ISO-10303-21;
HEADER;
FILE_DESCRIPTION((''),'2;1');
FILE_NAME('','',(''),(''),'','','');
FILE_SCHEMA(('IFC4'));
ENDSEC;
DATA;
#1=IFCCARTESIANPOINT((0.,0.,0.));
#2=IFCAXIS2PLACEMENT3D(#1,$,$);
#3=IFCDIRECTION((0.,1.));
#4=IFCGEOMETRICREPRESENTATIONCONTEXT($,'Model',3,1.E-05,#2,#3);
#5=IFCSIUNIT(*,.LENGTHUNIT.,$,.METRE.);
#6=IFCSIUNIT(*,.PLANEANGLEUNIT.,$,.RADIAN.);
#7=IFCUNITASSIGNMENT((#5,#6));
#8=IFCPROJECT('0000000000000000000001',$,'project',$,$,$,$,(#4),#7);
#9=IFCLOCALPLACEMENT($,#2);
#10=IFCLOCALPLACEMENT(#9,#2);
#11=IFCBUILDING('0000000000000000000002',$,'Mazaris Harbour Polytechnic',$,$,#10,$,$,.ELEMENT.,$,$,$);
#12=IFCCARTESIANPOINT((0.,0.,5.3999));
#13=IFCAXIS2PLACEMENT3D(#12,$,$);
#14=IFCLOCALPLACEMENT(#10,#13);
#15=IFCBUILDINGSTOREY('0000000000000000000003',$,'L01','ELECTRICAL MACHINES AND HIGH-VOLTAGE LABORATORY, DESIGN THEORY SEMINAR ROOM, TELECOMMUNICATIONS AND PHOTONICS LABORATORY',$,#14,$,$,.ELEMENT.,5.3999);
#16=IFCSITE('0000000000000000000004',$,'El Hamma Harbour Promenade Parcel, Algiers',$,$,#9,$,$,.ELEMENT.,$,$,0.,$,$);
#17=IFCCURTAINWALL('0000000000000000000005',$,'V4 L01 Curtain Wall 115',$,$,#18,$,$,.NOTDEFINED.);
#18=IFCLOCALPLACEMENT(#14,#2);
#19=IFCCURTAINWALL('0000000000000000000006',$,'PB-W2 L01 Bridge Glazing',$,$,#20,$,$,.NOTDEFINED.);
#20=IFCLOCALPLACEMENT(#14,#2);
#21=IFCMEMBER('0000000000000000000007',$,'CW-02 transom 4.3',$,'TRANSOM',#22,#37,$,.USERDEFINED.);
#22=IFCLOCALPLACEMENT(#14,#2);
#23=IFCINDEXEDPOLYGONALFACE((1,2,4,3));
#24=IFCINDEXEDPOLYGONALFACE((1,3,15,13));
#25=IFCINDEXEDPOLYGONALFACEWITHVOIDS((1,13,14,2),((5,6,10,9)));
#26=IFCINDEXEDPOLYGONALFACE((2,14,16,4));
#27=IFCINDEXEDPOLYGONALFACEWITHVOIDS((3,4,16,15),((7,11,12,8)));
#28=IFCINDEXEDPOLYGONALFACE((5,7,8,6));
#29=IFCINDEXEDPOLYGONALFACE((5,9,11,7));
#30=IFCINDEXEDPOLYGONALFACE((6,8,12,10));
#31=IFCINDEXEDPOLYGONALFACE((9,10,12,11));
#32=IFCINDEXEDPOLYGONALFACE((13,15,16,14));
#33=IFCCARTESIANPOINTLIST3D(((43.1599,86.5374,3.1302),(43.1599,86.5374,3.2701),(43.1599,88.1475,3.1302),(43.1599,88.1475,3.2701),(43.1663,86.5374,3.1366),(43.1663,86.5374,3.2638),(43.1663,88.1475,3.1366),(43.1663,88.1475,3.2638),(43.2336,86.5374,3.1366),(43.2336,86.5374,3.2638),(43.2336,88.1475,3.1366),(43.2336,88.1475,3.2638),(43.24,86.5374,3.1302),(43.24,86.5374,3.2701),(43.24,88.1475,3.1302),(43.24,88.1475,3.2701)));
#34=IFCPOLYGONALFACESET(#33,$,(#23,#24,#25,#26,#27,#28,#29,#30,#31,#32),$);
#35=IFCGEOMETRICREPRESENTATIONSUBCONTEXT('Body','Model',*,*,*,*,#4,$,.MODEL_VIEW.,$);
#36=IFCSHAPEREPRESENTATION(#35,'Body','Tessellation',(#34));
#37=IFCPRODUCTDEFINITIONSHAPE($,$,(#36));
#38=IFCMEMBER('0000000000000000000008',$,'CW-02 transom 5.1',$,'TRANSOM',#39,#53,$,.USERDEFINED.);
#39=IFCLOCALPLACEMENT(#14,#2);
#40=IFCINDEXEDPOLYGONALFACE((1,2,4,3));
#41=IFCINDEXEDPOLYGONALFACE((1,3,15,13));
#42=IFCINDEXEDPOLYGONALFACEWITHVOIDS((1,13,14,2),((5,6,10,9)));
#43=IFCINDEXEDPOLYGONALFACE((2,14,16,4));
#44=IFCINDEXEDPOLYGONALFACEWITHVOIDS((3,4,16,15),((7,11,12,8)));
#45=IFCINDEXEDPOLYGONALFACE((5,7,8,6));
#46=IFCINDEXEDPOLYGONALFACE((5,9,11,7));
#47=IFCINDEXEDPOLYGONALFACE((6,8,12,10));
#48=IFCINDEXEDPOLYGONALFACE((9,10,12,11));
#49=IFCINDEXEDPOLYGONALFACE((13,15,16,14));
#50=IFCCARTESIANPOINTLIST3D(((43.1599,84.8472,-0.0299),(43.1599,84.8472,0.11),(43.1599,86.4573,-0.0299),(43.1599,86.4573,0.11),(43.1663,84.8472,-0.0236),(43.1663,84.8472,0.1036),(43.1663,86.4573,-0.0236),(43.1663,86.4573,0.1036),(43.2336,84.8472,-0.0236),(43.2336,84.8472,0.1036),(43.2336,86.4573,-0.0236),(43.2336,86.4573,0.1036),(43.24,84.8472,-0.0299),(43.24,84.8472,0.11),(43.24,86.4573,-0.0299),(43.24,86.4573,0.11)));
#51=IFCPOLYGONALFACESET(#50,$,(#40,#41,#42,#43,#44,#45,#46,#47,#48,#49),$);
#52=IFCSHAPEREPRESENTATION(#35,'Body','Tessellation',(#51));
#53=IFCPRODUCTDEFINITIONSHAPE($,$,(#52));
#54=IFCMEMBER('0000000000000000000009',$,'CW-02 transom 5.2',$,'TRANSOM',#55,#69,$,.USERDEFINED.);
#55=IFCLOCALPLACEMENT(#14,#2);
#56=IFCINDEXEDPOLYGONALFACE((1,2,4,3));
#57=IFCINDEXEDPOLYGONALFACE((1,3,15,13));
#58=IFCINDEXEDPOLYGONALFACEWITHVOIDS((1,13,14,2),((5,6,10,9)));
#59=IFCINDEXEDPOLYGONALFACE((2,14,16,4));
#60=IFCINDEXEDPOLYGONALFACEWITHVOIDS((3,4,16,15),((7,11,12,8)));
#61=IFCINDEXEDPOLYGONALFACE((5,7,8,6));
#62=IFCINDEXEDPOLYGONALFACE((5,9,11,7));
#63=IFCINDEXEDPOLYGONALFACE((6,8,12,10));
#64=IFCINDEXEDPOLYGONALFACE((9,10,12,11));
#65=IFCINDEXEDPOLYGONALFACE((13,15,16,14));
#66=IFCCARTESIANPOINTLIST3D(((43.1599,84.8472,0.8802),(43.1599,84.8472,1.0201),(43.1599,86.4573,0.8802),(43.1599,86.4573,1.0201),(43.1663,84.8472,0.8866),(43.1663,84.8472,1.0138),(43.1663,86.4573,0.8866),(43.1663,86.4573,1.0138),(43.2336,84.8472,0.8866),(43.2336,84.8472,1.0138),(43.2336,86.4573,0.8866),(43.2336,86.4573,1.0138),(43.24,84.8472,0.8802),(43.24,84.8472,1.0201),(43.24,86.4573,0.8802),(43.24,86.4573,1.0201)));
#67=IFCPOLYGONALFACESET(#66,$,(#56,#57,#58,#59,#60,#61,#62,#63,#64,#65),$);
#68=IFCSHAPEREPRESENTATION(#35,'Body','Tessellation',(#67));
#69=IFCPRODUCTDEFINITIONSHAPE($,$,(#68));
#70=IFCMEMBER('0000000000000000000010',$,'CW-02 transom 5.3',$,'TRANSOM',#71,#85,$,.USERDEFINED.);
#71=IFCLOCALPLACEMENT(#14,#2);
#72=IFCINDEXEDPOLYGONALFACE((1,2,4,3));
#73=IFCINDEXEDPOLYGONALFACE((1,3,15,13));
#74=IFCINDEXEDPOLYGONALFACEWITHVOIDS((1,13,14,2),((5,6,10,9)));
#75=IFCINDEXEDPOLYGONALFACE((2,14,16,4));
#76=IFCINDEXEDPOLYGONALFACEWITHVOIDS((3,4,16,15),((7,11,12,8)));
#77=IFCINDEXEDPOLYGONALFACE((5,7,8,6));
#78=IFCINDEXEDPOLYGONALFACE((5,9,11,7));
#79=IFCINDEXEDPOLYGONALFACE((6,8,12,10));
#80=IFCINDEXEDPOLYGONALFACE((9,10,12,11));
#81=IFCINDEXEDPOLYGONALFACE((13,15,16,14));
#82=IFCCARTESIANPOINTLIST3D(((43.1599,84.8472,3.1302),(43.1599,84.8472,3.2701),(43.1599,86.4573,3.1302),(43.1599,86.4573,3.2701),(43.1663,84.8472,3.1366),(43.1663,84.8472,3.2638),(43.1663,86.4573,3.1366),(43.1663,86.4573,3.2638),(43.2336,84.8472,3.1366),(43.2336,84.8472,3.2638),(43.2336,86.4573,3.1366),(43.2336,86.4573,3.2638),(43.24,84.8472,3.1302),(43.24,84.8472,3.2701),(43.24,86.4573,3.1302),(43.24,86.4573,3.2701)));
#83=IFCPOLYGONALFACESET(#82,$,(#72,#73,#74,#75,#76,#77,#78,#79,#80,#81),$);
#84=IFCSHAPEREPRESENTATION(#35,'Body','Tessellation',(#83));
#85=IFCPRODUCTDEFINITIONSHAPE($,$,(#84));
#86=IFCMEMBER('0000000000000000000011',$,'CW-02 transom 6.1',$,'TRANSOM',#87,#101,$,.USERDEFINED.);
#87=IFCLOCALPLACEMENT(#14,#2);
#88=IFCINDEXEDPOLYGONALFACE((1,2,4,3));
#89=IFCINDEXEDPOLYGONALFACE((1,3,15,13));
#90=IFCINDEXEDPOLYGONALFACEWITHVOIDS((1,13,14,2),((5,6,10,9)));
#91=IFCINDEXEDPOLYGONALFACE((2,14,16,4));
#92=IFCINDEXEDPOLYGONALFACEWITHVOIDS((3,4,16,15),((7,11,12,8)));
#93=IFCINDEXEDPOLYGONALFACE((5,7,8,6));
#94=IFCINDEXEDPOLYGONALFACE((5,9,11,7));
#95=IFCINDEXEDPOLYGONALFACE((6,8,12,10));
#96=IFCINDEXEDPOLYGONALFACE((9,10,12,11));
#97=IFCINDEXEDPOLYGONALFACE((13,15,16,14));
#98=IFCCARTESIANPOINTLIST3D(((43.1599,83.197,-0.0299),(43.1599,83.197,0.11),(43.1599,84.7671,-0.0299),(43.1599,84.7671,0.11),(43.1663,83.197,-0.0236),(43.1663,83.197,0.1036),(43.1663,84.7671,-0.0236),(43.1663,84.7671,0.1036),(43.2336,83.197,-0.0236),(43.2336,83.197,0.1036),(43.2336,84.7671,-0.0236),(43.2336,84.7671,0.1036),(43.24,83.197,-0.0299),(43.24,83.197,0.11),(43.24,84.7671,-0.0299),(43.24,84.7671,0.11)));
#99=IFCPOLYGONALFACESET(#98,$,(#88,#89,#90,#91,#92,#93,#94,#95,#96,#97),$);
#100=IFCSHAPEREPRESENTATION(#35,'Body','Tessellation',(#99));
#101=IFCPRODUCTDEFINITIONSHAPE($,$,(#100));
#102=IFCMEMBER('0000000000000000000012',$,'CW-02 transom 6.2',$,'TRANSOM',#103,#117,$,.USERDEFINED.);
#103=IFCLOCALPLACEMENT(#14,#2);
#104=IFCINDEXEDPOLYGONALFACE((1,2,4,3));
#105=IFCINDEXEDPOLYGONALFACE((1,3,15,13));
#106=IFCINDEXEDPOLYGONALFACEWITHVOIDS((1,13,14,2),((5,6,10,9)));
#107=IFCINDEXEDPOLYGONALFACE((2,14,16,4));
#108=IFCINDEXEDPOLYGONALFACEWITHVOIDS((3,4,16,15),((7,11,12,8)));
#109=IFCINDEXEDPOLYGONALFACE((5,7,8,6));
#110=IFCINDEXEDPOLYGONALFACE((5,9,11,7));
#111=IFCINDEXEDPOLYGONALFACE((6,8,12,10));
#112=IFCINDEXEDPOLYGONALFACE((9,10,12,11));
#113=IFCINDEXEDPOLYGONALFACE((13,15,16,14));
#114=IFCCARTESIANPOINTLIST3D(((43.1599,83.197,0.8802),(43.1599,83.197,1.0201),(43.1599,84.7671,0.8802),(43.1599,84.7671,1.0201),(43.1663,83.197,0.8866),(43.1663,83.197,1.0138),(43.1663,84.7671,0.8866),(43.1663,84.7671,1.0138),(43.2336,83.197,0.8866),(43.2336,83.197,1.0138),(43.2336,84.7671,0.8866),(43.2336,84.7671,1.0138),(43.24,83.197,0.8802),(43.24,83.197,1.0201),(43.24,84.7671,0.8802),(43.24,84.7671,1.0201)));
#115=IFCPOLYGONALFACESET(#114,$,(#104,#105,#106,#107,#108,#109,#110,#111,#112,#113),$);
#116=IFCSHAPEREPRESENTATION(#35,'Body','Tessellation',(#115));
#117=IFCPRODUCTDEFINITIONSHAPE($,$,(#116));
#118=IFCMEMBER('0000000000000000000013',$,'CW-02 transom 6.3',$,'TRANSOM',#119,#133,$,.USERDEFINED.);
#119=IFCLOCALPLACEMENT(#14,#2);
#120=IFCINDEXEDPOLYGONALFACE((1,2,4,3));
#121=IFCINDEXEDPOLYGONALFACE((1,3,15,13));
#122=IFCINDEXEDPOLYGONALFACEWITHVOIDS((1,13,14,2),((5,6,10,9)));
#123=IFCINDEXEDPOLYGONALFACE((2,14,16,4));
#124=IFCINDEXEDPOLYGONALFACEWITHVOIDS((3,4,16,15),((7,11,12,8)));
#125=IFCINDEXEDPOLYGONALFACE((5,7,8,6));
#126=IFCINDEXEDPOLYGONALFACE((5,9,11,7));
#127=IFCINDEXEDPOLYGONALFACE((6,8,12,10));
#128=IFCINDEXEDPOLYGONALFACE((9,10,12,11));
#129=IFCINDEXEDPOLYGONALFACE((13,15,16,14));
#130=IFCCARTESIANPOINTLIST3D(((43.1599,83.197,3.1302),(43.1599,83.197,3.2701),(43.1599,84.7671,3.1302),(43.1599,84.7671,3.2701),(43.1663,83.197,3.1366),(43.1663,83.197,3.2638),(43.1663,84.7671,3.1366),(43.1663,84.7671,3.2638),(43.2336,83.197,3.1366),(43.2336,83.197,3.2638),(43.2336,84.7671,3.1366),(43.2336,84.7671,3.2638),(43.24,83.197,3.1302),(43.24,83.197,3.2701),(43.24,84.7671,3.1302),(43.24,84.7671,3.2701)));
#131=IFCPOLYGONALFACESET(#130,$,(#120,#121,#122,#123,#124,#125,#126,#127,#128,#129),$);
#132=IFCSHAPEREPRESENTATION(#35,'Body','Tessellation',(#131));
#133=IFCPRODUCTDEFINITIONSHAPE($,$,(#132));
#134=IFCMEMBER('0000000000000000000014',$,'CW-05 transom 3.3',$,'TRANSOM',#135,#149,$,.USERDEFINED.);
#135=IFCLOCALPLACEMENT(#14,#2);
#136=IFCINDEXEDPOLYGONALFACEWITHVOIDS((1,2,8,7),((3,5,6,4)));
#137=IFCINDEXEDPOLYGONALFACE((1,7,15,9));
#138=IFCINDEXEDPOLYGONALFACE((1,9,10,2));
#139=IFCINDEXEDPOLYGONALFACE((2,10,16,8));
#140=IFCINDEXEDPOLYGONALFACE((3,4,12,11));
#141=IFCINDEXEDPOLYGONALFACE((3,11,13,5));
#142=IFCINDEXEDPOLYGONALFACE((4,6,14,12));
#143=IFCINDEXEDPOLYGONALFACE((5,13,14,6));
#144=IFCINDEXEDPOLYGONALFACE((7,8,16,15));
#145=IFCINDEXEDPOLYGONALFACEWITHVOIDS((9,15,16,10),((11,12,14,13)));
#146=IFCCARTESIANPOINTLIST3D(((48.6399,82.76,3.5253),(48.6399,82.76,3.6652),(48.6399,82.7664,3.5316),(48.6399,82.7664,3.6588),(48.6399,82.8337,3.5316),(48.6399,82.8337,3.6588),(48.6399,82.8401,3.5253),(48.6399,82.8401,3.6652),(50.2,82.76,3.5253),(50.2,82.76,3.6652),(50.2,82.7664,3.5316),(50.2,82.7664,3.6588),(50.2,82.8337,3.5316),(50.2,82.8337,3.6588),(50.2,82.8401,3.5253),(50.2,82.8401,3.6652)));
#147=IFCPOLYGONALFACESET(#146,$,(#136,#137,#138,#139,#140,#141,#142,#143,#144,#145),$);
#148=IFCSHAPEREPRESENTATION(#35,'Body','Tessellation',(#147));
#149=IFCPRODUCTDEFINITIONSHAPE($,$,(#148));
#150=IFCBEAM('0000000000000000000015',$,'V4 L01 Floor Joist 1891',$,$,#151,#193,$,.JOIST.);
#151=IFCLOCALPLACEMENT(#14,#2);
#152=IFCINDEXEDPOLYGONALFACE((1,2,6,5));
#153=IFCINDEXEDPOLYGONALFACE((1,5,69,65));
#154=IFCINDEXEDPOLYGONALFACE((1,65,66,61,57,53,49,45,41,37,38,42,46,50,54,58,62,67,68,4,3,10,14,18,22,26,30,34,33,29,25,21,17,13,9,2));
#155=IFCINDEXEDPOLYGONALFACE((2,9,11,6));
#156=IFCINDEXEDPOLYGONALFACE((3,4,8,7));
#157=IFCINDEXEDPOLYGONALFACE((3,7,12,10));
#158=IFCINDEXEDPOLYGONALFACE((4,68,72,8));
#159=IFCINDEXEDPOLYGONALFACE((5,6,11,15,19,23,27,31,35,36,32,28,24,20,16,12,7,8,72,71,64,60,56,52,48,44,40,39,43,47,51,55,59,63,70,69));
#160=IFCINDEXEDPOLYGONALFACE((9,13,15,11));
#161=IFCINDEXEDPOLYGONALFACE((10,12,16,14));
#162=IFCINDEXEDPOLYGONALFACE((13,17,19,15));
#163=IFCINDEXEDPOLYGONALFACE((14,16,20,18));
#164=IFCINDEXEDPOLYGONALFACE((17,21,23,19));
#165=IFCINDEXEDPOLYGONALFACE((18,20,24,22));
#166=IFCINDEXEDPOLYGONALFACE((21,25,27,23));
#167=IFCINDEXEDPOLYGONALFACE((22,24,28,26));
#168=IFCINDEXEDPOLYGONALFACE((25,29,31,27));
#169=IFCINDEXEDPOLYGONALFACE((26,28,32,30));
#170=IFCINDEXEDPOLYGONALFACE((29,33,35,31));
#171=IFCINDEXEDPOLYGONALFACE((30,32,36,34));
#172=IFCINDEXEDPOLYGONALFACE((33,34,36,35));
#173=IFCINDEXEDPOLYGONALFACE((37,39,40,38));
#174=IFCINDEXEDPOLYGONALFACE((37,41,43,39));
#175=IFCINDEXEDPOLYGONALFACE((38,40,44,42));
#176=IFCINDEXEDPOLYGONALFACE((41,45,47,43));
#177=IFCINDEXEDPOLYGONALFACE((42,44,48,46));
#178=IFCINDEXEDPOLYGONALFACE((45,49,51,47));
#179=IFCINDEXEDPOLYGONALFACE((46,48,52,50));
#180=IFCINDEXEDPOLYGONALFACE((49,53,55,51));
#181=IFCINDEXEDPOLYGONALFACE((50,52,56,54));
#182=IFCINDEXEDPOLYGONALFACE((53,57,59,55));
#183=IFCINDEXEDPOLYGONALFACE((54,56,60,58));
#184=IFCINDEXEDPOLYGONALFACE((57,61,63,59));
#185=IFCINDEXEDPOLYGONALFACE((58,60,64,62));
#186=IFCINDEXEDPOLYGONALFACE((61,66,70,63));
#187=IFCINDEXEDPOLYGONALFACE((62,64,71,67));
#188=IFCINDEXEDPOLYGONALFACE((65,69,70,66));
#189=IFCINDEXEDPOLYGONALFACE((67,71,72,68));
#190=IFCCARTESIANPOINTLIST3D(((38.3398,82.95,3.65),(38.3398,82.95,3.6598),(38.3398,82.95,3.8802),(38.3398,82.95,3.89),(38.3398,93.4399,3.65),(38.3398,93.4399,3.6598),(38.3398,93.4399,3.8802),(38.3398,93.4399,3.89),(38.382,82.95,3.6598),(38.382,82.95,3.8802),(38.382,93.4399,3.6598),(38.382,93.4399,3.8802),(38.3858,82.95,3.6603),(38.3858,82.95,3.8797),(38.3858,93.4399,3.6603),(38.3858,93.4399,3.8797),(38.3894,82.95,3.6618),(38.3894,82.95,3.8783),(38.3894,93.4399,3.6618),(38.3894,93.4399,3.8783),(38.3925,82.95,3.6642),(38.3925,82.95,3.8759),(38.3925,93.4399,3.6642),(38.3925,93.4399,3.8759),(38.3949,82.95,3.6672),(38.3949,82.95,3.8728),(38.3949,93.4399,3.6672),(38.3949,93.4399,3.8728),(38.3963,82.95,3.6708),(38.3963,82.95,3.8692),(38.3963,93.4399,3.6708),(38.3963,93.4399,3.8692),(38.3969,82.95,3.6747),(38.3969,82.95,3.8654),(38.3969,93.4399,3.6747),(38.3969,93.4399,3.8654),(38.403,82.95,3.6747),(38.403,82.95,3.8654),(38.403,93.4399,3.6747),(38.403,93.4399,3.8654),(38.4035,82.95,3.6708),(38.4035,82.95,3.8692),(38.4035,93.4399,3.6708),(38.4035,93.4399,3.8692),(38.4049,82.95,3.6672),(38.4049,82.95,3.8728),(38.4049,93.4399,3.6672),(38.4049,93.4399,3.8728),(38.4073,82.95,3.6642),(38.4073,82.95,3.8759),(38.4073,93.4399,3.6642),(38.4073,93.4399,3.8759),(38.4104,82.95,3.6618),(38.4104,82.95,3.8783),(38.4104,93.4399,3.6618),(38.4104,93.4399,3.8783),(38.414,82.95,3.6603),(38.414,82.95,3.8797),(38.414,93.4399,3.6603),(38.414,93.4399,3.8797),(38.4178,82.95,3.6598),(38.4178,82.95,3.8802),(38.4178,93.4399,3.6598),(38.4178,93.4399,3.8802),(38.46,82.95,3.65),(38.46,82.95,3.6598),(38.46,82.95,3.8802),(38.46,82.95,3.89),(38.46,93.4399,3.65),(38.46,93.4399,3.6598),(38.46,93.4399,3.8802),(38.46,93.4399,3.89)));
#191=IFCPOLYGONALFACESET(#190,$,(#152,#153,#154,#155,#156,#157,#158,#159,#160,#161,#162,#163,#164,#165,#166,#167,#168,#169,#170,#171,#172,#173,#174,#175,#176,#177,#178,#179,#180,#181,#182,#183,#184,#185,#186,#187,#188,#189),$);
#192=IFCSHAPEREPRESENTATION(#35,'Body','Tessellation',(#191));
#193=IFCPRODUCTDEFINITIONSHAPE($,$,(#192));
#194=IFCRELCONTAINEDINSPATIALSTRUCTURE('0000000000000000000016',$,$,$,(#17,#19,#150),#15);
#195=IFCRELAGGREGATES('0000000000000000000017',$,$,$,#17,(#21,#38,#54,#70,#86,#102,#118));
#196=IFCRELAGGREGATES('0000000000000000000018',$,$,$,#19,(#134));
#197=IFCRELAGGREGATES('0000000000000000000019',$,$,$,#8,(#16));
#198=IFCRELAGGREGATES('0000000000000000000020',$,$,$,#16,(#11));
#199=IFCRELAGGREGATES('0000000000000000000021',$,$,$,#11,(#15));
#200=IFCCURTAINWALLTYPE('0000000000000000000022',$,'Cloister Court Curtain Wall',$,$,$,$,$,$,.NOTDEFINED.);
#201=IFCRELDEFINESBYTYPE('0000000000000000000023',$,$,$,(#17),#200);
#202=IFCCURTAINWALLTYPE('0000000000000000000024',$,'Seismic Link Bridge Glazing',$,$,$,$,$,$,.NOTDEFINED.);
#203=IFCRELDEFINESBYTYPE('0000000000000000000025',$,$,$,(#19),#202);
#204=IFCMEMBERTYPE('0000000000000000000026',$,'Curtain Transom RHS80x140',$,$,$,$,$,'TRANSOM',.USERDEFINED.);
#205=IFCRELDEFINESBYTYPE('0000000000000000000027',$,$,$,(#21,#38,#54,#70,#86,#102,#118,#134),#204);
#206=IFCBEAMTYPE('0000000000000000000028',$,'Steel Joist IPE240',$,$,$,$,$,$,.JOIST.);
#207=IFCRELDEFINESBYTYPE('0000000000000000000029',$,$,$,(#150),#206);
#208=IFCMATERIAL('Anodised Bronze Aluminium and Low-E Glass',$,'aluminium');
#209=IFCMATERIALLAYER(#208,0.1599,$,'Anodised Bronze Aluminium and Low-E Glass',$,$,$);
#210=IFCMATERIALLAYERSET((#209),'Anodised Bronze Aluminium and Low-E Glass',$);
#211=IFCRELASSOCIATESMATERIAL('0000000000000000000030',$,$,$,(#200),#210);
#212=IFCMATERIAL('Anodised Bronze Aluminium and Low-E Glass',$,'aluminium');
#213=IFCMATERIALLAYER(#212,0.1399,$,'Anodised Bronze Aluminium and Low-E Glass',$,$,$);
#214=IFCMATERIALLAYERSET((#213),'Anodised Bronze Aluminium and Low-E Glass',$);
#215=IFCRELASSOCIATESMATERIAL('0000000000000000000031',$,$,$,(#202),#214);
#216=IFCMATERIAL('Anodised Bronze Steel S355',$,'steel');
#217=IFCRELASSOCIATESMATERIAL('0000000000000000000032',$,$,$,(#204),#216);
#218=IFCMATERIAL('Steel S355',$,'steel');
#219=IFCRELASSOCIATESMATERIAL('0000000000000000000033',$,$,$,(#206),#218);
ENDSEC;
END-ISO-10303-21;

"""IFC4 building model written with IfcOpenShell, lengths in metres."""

from ifc_helpers import new_model, si_unit, direction, frame, origin, origin_2d, place, context, subcontext, project, spatial, hollow_rectangle, i_section, extrude, material, layer, layer_set, material_profile, profile_set, type_object, element, aggregate, save


model = new_model("IFC4")

# Units and contexts
model_context = context("Model", 3, precision=1e-05, world=origin(), true_north=direction((0.0, 1.0)))
body_context = subcontext(model_context, "Body", "Model", "MODEL_VIEW")
ifc_project = project(units=[si_unit("LENGTHUNIT", "METRE"), si_unit("PLANEANGLEUNIT", "RADIAN")], contexts=[model_context])

# Site, building, storey
site_placement = place(None, origin())
site = spatial("IfcSite", under=ifc_project, at=site_placement, Name="El Hamma Harbour Promenade Parcel, Algiers", CompositionType="ELEMENT", RefElevation=0.0)
building_placement = place(site_placement, origin())
building = spatial("IfcBuilding", under=site, at=building_placement, Name="Mazaris Harbour Polytechnic", CompositionType="ELEMENT")
storey_placement = place(building_placement, frame((0.0, 0.0, 5.3999)))
storey = spatial("IfcBuildingStorey", under=building, at=storey_placement, Name="L01", Description="ELECTRICAL MACHINES AND HIGH-VOLTAGE LABORATORY, DESIGN THEORY SEMINAR ROOM, TELECOMMUNICATIONS AND PHOTONICS LABORATORY", CompositionType="ELEMENT", Elevation=5.3999)

# Curtain wall
ifc_material_1 = material(Name="Anodised Bronze Aluminium and Low-E Glass", Category="aluminium")
ifc_layer_1 = layer(ifc_material_1, 0.1599, Name="Anodised Bronze Aluminium and Low-E Glass")
ifc_layer_set_1 = layer_set([ifc_layer_1], Name="Anodised Bronze Aluminium and Low-E Glass")
curtain_wall_type_1 = type_object("IfcCurtainWallType", Name="Cloister Court Curtain Wall", PredefinedType="NOTDEFINED", material=ifc_layer_set_1)
curtain_wall_1_placement = place(storey_placement, origin())
curtain_wall_1 = element("IfcCurtainWall", 1, at=curtain_wall_1_placement, inside=storey, type_object=curtain_wall_type_1, Name="V4 L01 Curtain Wall 115", PredefinedType="NOTDEFINED")

# Curtain wall
ifc_material_2 = material(Name="Anodised Bronze Aluminium and Low-E Glass", Category="aluminium")
ifc_layer_2 = layer(ifc_material_2, 0.1399, Name="Anodised Bronze Aluminium and Low-E Glass")
ifc_layer_set_2 = layer_set([ifc_layer_2], Name="Anodised Bronze Aluminium and Low-E Glass")
curtain_wall_type_2 = type_object("IfcCurtainWallType", Name="Seismic Link Bridge Glazing", PredefinedType="NOTDEFINED", material=ifc_layer_set_2)
curtain_wall_2_placement = place(storey_placement, origin())
curtain_wall_2 = element("IfcCurtainWall", 2, at=curtain_wall_2_placement, inside=storey, type_object=curtain_wall_type_2, Name="PB-W2 L01 Bridge Glazing", PredefinedType="NOTDEFINED")

# Members
ifc_material_3 = material(Name="Anodised Bronze Steel S355", Category="steel")
ifc_material_profile_1 = material_profile(ifc_material_3, hollow_rectangle(XDim=0.0801, YDim=0.1399, WallThickness=0.0063, at=origin_2d()), Name="RHS 80x140x6.3")
ifc_profile_set_1 = profile_set([ifc_material_profile_1], Name="Anodised Bronze Steel S355")
member_type_1 = type_object("IfcMemberType", Name="Curtain Transom RHS80x140", ElementType="TRANSOM", PredefinedType="USERDEFINED", material=ifc_profile_set_1)
member_1_placement = place(storey_placement, frame((43.2, 88.1475, 3.2002), z_axis=(0.0, -1.0, 0.0), x_axis=(1.0, 0.0, 0.0)))
member_1 = element("IfcMember", 3, at=member_1_placement, type_object=member_type_1, Name="CW-02 transom 4.3", ObjectType="TRANSOM", PredefinedType="USERDEFINED", context=body_context, shape_type="SweptSolid", body=[
    extrude(hollow_rectangle(XDim=0.0801, YDim=0.1399, WallThickness=0.0063, at=origin_2d()), origin(), (0.0, 0.0, 1.0), 1.6101),
])
member_2_placement = place(storey_placement, frame((43.2, 86.4573, 0.04), z_axis=(0.0, -1.0, 0.0), x_axis=(1.0, 0.0, 0.0)))
member_2 = element("IfcMember", 4, at=member_2_placement, type_object=member_type_1, Name="CW-02 transom 5.1", ObjectType="TRANSOM", PredefinedType="USERDEFINED", context=body_context, shape_type="SweptSolid", body=[
    extrude(hollow_rectangle(XDim=0.0801, YDim=0.1399, WallThickness=0.0063, at=origin_2d()), origin(), (0.0, 0.0, 1.0), 1.6101),
])
member_3_placement = place(storey_placement, frame((43.2, 86.4573, 0.9502), z_axis=(0.0, -1.0, 0.0), x_axis=(1.0, 0.0, 0.0)))
member_3 = element("IfcMember", 5, at=member_3_placement, type_object=member_type_1, Name="CW-02 transom 5.2", ObjectType="TRANSOM", PredefinedType="USERDEFINED", context=body_context, shape_type="SweptSolid", body=[
    extrude(hollow_rectangle(XDim=0.0801, YDim=0.1399, WallThickness=0.0063, at=origin_2d()), origin(), (0.0, 0.0, 1.0), 1.6101),
])
member_4_placement = place(storey_placement, frame((43.2, 86.4573, 3.2002), z_axis=(0.0, -1.0, 0.0), x_axis=(1.0, 0.0, 0.0)))
member_4 = element("IfcMember", 6, at=member_4_placement, type_object=member_type_1, Name="CW-02 transom 5.3", ObjectType="TRANSOM", PredefinedType="USERDEFINED", context=body_context, shape_type="SweptSolid", body=[
    extrude(hollow_rectangle(XDim=0.0801, YDim=0.1399, WallThickness=0.0063, at=origin_2d()), origin(), (0.0, 0.0, 1.0), 1.6101),
])
member_5_placement = place(storey_placement, frame((43.2, 84.7671, 0.04), z_axis=(0.0, -1.0, 0.0), x_axis=(1.0, 0.0, 0.0)))
member_5 = element("IfcMember", 7, at=member_5_placement, type_object=member_type_1, Name="CW-02 transom 6.1", ObjectType="TRANSOM", PredefinedType="USERDEFINED", context=body_context, shape_type="SweptSolid", body=[
    extrude(hollow_rectangle(XDim=0.0801, YDim=0.1399, WallThickness=0.0063, at=origin_2d()), origin(), (0.0, 0.0, 1.0), 1.5701),
])
member_6_placement = place(storey_placement, frame((43.2, 84.7671, 0.9502), z_axis=(0.0, -1.0, 0.0), x_axis=(1.0, 0.0, 0.0)))
member_6 = element("IfcMember", 8, at=member_6_placement, type_object=member_type_1, Name="CW-02 transom 6.2", ObjectType="TRANSOM", PredefinedType="USERDEFINED", context=body_context, shape_type="SweptSolid", body=[
    extrude(hollow_rectangle(XDim=0.0801, YDim=0.1399, WallThickness=0.0063, at=origin_2d()), origin(), (0.0, 0.0, 1.0), 1.5701),
])
member_7_placement = place(storey_placement, frame((43.2, 84.7671, 3.2002), z_axis=(0.0, -1.0, 0.0), x_axis=(1.0, 0.0, 0.0)))
member_7 = element("IfcMember", 9, at=member_7_placement, type_object=member_type_1, Name="CW-02 transom 6.3", ObjectType="TRANSOM", PredefinedType="USERDEFINED", context=body_context, shape_type="SweptSolid", body=[
    extrude(hollow_rectangle(XDim=0.0801, YDim=0.1399, WallThickness=0.0063, at=origin_2d()), origin(), (0.0, 0.0, 1.0), 1.5701),
])
member_8_placement = place(storey_placement, frame((50.2, 82.8, 3.5952), z_axis=(-1.0, 0.0, 0.0), x_axis=(0.0, -1.0, 0.0)))
member_8 = element("IfcMember", 10, at=member_8_placement, type_object=member_type_1, Name="CW-05 transom 3.3", ObjectType="TRANSOM", PredefinedType="USERDEFINED", context=body_context, shape_type="SweptSolid", body=[
    extrude(hollow_rectangle(XDim=0.0801, YDim=0.1399, WallThickness=0.0063, at=origin_2d()), origin(), (0.0, 0.0, 1.0), 1.5601),
])

# Beam
ifc_material_4 = material(Name="Steel S355", Category="steel")
ifc_material_profile_2 = material_profile(ifc_material_4, i_section(OverallWidth=0.1201, OverallDepth=0.24, WebThickness=0.0061, FlangeThickness=0.0098, FilletRadius=0.0149, at=origin_2d()), Name="IPE 240")
ifc_profile_set_2 = profile_set([ifc_material_profile_2], Name="Steel S355")
beam_type_1 = type_object("IfcBeamType", Name="Steel Joist IPE240", PredefinedType="JOIST", material=ifc_profile_set_2)
beam_1_placement = place(storey_placement, frame((38.3999, 82.95, 3.77), z_axis=(0.0, 1.0, 0.0), x_axis=(-1.0, 0.0, 0.0)))
element("IfcBeam", 11, at=beam_1_placement, inside=storey, type_object=beam_type_1, Name="V4 L01 Floor Joist 1891", PredefinedType="JOIST", context=body_context, shape_type="SweptSolid", body=[
    extrude(i_section(OverallWidth=0.1201, OverallDepth=0.24, WebThickness=0.0061, FlangeThickness=0.0098, FilletRadius=0.0149, at=origin_2d()), origin(), (0.0, 0.0, 1.0), 10.49),
])

aggregate(curtain_wall_1, [member_1, member_2, member_3, member_4, member_5, member_6, member_7])
aggregate(curtain_wall_2, [member_8])

save(model, "model.ifc")
